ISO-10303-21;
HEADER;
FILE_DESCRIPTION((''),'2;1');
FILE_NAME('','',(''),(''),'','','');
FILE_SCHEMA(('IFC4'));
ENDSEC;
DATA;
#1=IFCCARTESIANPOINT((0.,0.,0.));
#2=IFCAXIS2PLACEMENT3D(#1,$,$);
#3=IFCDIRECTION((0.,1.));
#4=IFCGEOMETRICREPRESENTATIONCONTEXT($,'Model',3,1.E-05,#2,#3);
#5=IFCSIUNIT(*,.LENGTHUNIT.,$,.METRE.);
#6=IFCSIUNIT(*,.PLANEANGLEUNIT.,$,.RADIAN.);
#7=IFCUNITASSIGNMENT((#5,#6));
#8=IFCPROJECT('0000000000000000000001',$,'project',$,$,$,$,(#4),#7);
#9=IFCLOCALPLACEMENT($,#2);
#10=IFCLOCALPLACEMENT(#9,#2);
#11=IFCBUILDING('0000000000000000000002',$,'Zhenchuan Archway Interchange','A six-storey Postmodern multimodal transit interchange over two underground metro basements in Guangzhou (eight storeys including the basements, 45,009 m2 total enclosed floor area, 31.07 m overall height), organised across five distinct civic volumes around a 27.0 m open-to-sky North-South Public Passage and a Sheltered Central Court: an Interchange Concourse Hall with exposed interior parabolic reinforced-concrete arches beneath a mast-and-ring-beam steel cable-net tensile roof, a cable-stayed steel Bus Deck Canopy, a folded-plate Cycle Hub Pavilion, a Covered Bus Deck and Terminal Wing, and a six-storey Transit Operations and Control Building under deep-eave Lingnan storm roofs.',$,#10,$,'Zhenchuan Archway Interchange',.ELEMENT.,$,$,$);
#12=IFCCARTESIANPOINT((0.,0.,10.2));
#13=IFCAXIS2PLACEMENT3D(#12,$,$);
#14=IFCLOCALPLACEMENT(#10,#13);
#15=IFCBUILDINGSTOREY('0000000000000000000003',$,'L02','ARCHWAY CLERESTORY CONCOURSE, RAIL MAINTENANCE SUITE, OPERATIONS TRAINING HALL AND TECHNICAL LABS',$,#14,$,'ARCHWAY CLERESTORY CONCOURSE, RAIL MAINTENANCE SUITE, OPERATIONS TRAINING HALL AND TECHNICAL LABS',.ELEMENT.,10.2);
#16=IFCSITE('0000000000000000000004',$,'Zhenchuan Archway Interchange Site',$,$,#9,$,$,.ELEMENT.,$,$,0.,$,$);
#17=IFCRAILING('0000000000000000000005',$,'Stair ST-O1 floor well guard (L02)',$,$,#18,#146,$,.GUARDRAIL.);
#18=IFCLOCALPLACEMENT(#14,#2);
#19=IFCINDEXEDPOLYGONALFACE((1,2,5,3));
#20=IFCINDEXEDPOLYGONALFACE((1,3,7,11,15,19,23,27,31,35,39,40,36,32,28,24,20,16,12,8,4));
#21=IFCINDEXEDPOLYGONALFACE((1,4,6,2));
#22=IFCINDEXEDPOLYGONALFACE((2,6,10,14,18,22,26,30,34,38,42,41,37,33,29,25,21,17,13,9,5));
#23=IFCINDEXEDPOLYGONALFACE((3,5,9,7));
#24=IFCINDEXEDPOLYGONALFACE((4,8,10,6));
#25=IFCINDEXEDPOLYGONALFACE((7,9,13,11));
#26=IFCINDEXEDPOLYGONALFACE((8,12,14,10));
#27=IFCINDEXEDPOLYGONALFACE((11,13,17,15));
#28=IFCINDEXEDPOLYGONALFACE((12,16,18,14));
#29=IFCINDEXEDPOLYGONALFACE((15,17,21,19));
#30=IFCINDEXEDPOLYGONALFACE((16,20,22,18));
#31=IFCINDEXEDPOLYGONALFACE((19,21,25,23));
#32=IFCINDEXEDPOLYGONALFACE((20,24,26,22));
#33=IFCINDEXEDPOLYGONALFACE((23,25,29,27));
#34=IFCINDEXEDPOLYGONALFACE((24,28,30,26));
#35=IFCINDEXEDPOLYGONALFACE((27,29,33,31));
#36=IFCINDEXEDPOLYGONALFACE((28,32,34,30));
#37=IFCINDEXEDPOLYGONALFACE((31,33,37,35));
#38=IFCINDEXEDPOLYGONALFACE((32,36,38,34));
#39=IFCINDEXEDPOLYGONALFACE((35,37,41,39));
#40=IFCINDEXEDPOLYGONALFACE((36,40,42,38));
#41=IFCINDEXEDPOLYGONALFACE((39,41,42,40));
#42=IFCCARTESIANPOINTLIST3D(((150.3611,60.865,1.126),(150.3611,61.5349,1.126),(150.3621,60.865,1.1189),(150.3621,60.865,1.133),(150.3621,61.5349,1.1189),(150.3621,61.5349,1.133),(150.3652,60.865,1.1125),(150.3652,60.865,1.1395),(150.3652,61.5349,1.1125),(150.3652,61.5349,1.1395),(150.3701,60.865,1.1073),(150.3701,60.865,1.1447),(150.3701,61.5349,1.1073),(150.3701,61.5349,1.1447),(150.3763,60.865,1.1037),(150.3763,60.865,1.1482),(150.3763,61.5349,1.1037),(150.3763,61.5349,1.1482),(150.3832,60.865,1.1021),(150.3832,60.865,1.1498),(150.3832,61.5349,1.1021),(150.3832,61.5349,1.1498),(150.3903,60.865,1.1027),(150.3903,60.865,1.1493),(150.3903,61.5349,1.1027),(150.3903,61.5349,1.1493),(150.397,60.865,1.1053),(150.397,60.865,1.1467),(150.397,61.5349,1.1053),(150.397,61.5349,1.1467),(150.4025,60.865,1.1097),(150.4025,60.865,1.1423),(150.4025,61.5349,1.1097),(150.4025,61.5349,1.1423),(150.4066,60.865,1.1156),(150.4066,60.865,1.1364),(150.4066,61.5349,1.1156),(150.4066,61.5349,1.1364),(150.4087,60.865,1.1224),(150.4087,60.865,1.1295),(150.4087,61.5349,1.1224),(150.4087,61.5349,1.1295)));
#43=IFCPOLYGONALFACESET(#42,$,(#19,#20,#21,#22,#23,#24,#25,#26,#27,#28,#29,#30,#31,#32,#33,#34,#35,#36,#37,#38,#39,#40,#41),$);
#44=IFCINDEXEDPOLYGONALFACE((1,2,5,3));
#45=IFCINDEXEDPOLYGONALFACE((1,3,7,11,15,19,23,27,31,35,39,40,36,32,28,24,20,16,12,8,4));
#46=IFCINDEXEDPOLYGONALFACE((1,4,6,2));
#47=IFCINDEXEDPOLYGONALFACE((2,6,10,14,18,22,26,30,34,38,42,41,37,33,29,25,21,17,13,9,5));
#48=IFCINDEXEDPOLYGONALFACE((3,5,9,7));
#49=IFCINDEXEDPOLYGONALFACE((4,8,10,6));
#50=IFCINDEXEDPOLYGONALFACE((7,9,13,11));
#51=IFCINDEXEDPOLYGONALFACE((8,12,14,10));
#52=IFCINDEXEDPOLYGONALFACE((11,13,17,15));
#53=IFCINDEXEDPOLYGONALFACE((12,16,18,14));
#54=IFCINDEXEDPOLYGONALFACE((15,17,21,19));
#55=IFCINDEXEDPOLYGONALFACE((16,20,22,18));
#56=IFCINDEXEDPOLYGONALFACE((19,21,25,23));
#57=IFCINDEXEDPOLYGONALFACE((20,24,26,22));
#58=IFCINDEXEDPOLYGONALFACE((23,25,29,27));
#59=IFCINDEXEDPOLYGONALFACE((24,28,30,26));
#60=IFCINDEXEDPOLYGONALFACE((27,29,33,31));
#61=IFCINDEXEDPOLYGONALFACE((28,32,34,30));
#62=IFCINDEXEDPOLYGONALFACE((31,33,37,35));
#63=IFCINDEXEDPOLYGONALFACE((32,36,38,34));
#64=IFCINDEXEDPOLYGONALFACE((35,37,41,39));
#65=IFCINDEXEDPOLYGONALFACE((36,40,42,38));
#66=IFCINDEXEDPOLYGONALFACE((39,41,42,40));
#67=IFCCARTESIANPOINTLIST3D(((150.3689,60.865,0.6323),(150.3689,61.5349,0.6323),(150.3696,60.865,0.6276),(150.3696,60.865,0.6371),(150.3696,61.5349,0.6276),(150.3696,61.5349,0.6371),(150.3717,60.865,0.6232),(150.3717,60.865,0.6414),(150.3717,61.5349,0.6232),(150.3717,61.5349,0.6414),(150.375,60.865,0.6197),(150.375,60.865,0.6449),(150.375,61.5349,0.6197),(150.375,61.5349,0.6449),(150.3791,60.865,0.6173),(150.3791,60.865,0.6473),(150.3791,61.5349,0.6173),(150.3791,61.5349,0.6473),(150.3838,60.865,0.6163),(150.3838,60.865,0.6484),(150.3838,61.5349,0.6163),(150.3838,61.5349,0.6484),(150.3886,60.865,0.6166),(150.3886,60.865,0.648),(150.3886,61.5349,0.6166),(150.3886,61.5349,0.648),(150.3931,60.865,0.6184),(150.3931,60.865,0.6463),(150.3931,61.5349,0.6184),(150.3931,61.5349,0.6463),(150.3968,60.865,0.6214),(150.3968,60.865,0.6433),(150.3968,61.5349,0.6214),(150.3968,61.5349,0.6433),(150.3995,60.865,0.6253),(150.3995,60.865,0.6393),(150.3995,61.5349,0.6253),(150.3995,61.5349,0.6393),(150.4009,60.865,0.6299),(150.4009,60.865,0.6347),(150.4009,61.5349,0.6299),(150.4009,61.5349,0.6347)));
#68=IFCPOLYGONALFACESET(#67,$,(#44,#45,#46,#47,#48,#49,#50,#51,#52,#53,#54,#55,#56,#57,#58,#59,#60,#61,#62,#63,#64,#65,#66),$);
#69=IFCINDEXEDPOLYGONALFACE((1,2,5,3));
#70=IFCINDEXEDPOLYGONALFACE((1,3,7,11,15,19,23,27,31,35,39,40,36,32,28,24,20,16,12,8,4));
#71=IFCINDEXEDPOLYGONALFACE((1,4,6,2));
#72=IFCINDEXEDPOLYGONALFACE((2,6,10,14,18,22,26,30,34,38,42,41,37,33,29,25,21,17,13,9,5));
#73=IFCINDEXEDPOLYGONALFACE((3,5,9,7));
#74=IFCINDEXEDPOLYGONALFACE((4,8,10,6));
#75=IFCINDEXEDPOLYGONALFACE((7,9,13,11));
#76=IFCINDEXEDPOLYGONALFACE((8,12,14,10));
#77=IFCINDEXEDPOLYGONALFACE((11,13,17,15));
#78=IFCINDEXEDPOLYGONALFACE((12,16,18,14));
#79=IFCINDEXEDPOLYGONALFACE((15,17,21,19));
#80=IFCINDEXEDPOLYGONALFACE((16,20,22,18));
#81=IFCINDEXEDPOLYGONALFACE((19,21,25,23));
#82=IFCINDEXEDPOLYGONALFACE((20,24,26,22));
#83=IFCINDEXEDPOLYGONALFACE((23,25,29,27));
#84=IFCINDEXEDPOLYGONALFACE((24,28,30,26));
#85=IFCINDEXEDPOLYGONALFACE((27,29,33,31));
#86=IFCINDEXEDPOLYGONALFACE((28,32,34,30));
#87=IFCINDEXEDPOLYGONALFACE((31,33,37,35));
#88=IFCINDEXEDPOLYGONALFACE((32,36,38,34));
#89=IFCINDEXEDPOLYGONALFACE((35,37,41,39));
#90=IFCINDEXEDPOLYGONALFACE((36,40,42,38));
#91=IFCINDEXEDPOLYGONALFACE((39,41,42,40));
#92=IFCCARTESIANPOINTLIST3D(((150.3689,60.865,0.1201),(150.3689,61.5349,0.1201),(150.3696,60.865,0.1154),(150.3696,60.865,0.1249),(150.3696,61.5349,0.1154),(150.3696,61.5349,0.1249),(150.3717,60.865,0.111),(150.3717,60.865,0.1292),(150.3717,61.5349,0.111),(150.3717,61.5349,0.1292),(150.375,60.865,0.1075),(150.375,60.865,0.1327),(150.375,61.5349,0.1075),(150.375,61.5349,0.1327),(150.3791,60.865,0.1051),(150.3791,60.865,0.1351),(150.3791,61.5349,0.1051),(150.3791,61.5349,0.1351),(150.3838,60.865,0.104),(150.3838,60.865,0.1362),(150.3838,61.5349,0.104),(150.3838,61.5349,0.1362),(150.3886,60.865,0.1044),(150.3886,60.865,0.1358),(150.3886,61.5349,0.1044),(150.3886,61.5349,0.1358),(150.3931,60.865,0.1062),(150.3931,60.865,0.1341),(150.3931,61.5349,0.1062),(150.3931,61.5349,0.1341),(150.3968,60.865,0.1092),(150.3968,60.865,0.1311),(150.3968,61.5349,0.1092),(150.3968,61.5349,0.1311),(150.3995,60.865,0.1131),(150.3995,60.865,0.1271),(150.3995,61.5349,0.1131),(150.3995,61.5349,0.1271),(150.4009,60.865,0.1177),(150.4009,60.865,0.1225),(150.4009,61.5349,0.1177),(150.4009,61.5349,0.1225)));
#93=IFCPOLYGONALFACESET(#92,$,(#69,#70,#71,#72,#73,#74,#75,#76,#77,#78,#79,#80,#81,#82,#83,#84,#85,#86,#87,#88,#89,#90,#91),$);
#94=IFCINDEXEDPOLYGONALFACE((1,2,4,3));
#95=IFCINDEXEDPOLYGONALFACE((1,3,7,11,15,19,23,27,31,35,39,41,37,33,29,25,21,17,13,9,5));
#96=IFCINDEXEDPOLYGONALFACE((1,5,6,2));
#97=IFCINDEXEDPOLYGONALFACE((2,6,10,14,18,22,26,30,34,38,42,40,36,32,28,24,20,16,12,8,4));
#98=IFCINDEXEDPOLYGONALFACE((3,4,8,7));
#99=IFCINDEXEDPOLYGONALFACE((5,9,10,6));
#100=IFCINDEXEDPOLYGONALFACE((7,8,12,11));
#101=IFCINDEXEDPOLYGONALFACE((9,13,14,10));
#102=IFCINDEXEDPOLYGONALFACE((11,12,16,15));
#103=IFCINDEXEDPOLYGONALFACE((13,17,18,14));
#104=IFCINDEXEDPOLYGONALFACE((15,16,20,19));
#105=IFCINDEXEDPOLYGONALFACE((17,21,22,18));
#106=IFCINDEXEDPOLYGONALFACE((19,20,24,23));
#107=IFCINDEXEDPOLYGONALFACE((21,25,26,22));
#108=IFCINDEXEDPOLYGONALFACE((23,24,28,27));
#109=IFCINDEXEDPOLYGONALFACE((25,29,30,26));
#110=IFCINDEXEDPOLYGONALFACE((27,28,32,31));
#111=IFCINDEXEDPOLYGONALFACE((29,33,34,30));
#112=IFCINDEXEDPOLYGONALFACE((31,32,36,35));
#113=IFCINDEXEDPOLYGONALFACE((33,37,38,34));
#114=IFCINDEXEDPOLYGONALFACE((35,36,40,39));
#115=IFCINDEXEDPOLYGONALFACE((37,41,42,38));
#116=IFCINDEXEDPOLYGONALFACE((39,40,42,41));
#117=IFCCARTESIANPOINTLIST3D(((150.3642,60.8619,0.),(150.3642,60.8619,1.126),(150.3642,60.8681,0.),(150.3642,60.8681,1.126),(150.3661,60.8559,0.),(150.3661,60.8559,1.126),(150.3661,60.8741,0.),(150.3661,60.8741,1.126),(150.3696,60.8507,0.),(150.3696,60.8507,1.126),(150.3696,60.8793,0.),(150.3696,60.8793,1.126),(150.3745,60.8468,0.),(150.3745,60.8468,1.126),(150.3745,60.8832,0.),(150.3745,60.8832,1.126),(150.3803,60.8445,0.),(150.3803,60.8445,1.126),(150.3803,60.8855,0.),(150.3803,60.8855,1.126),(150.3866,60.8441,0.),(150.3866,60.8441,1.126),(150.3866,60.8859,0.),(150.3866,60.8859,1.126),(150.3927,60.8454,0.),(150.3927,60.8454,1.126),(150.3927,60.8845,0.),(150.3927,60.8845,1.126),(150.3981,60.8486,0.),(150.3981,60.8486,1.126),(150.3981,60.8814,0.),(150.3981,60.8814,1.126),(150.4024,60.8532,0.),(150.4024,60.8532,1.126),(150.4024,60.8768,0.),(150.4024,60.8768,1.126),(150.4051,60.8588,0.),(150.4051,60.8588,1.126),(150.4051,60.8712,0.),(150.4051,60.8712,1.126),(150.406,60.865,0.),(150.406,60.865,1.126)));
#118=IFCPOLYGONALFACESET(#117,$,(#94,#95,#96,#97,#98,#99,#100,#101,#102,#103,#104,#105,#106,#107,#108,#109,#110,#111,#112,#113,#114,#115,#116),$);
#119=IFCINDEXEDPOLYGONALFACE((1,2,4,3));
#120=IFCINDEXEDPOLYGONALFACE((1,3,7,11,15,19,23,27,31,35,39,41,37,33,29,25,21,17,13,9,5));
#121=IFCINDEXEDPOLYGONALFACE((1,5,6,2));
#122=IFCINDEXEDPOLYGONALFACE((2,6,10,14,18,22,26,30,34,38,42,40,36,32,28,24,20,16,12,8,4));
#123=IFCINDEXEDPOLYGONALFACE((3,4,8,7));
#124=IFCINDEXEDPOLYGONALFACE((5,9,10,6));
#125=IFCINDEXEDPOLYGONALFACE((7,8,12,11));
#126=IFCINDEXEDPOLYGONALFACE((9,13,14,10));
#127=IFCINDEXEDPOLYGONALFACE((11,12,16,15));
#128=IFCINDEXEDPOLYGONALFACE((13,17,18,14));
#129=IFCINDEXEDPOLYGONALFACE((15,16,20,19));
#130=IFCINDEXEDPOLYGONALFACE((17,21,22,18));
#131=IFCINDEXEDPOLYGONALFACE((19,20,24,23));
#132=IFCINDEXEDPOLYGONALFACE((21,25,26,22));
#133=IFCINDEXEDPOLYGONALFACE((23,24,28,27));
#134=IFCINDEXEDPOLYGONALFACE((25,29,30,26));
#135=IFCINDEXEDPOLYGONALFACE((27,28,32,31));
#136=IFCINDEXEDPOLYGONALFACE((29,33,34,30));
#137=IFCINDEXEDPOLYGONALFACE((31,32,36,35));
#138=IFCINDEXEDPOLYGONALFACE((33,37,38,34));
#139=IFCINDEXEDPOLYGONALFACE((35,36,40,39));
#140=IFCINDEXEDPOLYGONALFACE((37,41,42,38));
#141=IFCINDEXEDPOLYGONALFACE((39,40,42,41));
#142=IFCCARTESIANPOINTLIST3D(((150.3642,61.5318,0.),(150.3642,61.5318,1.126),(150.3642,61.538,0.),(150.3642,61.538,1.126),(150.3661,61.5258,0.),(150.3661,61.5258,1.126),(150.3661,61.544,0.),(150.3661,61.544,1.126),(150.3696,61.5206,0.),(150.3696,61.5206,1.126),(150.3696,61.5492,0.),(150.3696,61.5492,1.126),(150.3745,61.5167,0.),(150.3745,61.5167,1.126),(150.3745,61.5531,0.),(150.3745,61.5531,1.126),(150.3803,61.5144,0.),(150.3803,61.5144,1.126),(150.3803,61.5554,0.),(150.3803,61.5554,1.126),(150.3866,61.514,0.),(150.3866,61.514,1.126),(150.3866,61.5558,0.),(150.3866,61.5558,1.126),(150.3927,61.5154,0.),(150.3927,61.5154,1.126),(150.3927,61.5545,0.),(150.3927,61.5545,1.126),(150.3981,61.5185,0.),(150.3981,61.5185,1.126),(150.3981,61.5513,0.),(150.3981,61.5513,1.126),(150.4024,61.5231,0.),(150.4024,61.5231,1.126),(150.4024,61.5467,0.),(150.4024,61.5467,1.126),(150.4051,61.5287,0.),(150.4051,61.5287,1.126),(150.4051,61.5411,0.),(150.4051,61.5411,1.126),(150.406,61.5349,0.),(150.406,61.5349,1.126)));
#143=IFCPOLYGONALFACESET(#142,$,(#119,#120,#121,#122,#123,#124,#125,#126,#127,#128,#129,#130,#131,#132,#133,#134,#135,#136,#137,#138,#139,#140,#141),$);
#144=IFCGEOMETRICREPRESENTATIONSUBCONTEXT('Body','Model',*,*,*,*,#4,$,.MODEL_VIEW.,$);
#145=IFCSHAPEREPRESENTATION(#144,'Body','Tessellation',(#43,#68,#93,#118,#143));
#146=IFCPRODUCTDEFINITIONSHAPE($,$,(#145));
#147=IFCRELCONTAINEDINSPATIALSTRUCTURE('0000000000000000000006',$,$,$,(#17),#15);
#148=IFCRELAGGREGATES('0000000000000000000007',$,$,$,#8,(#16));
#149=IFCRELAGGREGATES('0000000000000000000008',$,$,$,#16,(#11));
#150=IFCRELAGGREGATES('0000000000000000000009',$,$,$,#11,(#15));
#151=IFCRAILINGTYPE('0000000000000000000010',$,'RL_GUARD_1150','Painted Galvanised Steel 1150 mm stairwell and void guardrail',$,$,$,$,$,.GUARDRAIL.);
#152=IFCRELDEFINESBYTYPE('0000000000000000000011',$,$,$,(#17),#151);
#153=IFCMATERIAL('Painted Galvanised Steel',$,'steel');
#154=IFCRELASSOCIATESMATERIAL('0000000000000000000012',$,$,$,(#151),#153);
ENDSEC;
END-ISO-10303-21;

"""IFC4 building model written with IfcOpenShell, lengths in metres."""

from ifc_helpers import new_model, si_unit, direction, frame, origin, origin_2d, place, context, subcontext, project, spatial, circle, extrude, material, type_object, element, save


model = new_model("IFC4")

# Units and contexts
model_context = context("Model", 3, precision=1e-05, world=origin(), true_north=direction((0.0, 1.0)))
body_context = subcontext(model_context, "Body", "Model", "MODEL_VIEW")
ifc_project = project(units=[si_unit("LENGTHUNIT", "METRE"), si_unit("PLANEANGLEUNIT", "RADIAN")], contexts=[model_context])

# Site, building, storey
site_placement = place(None, origin())
site = spatial("IfcSite", under=ifc_project, at=site_placement, Name="Zhenchuan Archway Interchange Site", CompositionType="ELEMENT", RefElevation=0.0)
building_placement = place(site_placement, origin())
building = spatial("IfcBuilding", under=site, at=building_placement, Name="Zhenchuan Archway Interchange", Description="A six-storey Postmodern multimodal transit interchange over two underground metro basements in Guangzhou (eight storeys including the basements, 45,009 m2 total enclosed floor area, 31.07 m overall height), organised across five distinct civic volumes around a 27.0 m open-to-sky North-South Public Passage and a Sheltered Central Court: an Interchange Concourse Hall with exposed interior parabolic reinforced-concrete arches beneath a mast-and-ring-beam steel cable-net tensile roof, a cable-stayed steel Bus Deck Canopy, a folded-plate Cycle Hub Pavilion, a Covered Bus Deck and Terminal Wing, and a six-storey Transit Operations and Control Building under deep-eave Lingnan storm roofs.", LongName="Zhenchuan Archway Interchange", CompositionType="ELEMENT")
storey_placement = place(building_placement, frame((0.0, 0.0, 10.2)))
storey = spatial("IfcBuildingStorey", under=building, at=storey_placement, Name="L02", Description="ARCHWAY CLERESTORY CONCOURSE, RAIL MAINTENANCE SUITE, OPERATIONS TRAINING HALL AND TECHNICAL LABS", LongName="ARCHWAY CLERESTORY CONCOURSE, RAIL MAINTENANCE SUITE, OPERATIONS TRAINING HALL AND TECHNICAL LABS", CompositionType="ELEMENT", Elevation=10.2)

# Shared definitions
ifc_material_1 = material(Name="Painted Galvanised Steel", Category="steel")

# Railing
railing_type_1 = type_object("IfcRailingType", Name="RL_GUARD_1150", Description="Painted Galvanised Steel 1150 mm stairwell and void guardrail", PredefinedType="GUARDRAIL", material=ifc_material_1)
for number, where, name in (
    (1, (150.385, 60.865, 0.0), "Stair ST-O1 floor well guard (L02)"),
):
    element("IfcRailing", number, at=place(storey_placement, frame(where)), inside=storey, type_object=railing_type_1, Name=name, PredefinedType="GUARDRAIL", context=body_context, shape_type="SweptSolid", body=[
        extrude(circle(Radius=0.0239, at=origin_2d()), frame((0.0, 0.0, 1.126), z_axis=(0.0, 1.0, 0.0), x_axis=(-1.0, 0.0, 0.0)), (0.0, 0.0, 1.0), 0.6699),
        extrude(circle(Radius=0.0161, at=origin_2d()), frame((0.0, 0.0, 0.6323), z_axis=(0.0, 1.0, 0.0), x_axis=(-1.0, 0.0, 0.0)), (0.0, 0.0, 1.0), 0.6699),
        extrude(circle(Radius=0.0161, at=origin_2d()), frame((0.0, 0.0, 0.1201), z_axis=(0.0, 1.0, 0.0), x_axis=(-1.0, 0.0, 0.0)), (0.0, 0.0, 1.0), 0.6699),
        extrude(circle(Radius=0.021, at=origin_2d()), origin(), (0.0, 0.0, 1.0), 1.126),
        extrude(circle(Radius=0.021, at=origin_2d()), frame((0.0, 0.6699, 0.0)), (0.0, 0.0, 1.0), 1.126),
    ])

save(model, "model.ifc")
